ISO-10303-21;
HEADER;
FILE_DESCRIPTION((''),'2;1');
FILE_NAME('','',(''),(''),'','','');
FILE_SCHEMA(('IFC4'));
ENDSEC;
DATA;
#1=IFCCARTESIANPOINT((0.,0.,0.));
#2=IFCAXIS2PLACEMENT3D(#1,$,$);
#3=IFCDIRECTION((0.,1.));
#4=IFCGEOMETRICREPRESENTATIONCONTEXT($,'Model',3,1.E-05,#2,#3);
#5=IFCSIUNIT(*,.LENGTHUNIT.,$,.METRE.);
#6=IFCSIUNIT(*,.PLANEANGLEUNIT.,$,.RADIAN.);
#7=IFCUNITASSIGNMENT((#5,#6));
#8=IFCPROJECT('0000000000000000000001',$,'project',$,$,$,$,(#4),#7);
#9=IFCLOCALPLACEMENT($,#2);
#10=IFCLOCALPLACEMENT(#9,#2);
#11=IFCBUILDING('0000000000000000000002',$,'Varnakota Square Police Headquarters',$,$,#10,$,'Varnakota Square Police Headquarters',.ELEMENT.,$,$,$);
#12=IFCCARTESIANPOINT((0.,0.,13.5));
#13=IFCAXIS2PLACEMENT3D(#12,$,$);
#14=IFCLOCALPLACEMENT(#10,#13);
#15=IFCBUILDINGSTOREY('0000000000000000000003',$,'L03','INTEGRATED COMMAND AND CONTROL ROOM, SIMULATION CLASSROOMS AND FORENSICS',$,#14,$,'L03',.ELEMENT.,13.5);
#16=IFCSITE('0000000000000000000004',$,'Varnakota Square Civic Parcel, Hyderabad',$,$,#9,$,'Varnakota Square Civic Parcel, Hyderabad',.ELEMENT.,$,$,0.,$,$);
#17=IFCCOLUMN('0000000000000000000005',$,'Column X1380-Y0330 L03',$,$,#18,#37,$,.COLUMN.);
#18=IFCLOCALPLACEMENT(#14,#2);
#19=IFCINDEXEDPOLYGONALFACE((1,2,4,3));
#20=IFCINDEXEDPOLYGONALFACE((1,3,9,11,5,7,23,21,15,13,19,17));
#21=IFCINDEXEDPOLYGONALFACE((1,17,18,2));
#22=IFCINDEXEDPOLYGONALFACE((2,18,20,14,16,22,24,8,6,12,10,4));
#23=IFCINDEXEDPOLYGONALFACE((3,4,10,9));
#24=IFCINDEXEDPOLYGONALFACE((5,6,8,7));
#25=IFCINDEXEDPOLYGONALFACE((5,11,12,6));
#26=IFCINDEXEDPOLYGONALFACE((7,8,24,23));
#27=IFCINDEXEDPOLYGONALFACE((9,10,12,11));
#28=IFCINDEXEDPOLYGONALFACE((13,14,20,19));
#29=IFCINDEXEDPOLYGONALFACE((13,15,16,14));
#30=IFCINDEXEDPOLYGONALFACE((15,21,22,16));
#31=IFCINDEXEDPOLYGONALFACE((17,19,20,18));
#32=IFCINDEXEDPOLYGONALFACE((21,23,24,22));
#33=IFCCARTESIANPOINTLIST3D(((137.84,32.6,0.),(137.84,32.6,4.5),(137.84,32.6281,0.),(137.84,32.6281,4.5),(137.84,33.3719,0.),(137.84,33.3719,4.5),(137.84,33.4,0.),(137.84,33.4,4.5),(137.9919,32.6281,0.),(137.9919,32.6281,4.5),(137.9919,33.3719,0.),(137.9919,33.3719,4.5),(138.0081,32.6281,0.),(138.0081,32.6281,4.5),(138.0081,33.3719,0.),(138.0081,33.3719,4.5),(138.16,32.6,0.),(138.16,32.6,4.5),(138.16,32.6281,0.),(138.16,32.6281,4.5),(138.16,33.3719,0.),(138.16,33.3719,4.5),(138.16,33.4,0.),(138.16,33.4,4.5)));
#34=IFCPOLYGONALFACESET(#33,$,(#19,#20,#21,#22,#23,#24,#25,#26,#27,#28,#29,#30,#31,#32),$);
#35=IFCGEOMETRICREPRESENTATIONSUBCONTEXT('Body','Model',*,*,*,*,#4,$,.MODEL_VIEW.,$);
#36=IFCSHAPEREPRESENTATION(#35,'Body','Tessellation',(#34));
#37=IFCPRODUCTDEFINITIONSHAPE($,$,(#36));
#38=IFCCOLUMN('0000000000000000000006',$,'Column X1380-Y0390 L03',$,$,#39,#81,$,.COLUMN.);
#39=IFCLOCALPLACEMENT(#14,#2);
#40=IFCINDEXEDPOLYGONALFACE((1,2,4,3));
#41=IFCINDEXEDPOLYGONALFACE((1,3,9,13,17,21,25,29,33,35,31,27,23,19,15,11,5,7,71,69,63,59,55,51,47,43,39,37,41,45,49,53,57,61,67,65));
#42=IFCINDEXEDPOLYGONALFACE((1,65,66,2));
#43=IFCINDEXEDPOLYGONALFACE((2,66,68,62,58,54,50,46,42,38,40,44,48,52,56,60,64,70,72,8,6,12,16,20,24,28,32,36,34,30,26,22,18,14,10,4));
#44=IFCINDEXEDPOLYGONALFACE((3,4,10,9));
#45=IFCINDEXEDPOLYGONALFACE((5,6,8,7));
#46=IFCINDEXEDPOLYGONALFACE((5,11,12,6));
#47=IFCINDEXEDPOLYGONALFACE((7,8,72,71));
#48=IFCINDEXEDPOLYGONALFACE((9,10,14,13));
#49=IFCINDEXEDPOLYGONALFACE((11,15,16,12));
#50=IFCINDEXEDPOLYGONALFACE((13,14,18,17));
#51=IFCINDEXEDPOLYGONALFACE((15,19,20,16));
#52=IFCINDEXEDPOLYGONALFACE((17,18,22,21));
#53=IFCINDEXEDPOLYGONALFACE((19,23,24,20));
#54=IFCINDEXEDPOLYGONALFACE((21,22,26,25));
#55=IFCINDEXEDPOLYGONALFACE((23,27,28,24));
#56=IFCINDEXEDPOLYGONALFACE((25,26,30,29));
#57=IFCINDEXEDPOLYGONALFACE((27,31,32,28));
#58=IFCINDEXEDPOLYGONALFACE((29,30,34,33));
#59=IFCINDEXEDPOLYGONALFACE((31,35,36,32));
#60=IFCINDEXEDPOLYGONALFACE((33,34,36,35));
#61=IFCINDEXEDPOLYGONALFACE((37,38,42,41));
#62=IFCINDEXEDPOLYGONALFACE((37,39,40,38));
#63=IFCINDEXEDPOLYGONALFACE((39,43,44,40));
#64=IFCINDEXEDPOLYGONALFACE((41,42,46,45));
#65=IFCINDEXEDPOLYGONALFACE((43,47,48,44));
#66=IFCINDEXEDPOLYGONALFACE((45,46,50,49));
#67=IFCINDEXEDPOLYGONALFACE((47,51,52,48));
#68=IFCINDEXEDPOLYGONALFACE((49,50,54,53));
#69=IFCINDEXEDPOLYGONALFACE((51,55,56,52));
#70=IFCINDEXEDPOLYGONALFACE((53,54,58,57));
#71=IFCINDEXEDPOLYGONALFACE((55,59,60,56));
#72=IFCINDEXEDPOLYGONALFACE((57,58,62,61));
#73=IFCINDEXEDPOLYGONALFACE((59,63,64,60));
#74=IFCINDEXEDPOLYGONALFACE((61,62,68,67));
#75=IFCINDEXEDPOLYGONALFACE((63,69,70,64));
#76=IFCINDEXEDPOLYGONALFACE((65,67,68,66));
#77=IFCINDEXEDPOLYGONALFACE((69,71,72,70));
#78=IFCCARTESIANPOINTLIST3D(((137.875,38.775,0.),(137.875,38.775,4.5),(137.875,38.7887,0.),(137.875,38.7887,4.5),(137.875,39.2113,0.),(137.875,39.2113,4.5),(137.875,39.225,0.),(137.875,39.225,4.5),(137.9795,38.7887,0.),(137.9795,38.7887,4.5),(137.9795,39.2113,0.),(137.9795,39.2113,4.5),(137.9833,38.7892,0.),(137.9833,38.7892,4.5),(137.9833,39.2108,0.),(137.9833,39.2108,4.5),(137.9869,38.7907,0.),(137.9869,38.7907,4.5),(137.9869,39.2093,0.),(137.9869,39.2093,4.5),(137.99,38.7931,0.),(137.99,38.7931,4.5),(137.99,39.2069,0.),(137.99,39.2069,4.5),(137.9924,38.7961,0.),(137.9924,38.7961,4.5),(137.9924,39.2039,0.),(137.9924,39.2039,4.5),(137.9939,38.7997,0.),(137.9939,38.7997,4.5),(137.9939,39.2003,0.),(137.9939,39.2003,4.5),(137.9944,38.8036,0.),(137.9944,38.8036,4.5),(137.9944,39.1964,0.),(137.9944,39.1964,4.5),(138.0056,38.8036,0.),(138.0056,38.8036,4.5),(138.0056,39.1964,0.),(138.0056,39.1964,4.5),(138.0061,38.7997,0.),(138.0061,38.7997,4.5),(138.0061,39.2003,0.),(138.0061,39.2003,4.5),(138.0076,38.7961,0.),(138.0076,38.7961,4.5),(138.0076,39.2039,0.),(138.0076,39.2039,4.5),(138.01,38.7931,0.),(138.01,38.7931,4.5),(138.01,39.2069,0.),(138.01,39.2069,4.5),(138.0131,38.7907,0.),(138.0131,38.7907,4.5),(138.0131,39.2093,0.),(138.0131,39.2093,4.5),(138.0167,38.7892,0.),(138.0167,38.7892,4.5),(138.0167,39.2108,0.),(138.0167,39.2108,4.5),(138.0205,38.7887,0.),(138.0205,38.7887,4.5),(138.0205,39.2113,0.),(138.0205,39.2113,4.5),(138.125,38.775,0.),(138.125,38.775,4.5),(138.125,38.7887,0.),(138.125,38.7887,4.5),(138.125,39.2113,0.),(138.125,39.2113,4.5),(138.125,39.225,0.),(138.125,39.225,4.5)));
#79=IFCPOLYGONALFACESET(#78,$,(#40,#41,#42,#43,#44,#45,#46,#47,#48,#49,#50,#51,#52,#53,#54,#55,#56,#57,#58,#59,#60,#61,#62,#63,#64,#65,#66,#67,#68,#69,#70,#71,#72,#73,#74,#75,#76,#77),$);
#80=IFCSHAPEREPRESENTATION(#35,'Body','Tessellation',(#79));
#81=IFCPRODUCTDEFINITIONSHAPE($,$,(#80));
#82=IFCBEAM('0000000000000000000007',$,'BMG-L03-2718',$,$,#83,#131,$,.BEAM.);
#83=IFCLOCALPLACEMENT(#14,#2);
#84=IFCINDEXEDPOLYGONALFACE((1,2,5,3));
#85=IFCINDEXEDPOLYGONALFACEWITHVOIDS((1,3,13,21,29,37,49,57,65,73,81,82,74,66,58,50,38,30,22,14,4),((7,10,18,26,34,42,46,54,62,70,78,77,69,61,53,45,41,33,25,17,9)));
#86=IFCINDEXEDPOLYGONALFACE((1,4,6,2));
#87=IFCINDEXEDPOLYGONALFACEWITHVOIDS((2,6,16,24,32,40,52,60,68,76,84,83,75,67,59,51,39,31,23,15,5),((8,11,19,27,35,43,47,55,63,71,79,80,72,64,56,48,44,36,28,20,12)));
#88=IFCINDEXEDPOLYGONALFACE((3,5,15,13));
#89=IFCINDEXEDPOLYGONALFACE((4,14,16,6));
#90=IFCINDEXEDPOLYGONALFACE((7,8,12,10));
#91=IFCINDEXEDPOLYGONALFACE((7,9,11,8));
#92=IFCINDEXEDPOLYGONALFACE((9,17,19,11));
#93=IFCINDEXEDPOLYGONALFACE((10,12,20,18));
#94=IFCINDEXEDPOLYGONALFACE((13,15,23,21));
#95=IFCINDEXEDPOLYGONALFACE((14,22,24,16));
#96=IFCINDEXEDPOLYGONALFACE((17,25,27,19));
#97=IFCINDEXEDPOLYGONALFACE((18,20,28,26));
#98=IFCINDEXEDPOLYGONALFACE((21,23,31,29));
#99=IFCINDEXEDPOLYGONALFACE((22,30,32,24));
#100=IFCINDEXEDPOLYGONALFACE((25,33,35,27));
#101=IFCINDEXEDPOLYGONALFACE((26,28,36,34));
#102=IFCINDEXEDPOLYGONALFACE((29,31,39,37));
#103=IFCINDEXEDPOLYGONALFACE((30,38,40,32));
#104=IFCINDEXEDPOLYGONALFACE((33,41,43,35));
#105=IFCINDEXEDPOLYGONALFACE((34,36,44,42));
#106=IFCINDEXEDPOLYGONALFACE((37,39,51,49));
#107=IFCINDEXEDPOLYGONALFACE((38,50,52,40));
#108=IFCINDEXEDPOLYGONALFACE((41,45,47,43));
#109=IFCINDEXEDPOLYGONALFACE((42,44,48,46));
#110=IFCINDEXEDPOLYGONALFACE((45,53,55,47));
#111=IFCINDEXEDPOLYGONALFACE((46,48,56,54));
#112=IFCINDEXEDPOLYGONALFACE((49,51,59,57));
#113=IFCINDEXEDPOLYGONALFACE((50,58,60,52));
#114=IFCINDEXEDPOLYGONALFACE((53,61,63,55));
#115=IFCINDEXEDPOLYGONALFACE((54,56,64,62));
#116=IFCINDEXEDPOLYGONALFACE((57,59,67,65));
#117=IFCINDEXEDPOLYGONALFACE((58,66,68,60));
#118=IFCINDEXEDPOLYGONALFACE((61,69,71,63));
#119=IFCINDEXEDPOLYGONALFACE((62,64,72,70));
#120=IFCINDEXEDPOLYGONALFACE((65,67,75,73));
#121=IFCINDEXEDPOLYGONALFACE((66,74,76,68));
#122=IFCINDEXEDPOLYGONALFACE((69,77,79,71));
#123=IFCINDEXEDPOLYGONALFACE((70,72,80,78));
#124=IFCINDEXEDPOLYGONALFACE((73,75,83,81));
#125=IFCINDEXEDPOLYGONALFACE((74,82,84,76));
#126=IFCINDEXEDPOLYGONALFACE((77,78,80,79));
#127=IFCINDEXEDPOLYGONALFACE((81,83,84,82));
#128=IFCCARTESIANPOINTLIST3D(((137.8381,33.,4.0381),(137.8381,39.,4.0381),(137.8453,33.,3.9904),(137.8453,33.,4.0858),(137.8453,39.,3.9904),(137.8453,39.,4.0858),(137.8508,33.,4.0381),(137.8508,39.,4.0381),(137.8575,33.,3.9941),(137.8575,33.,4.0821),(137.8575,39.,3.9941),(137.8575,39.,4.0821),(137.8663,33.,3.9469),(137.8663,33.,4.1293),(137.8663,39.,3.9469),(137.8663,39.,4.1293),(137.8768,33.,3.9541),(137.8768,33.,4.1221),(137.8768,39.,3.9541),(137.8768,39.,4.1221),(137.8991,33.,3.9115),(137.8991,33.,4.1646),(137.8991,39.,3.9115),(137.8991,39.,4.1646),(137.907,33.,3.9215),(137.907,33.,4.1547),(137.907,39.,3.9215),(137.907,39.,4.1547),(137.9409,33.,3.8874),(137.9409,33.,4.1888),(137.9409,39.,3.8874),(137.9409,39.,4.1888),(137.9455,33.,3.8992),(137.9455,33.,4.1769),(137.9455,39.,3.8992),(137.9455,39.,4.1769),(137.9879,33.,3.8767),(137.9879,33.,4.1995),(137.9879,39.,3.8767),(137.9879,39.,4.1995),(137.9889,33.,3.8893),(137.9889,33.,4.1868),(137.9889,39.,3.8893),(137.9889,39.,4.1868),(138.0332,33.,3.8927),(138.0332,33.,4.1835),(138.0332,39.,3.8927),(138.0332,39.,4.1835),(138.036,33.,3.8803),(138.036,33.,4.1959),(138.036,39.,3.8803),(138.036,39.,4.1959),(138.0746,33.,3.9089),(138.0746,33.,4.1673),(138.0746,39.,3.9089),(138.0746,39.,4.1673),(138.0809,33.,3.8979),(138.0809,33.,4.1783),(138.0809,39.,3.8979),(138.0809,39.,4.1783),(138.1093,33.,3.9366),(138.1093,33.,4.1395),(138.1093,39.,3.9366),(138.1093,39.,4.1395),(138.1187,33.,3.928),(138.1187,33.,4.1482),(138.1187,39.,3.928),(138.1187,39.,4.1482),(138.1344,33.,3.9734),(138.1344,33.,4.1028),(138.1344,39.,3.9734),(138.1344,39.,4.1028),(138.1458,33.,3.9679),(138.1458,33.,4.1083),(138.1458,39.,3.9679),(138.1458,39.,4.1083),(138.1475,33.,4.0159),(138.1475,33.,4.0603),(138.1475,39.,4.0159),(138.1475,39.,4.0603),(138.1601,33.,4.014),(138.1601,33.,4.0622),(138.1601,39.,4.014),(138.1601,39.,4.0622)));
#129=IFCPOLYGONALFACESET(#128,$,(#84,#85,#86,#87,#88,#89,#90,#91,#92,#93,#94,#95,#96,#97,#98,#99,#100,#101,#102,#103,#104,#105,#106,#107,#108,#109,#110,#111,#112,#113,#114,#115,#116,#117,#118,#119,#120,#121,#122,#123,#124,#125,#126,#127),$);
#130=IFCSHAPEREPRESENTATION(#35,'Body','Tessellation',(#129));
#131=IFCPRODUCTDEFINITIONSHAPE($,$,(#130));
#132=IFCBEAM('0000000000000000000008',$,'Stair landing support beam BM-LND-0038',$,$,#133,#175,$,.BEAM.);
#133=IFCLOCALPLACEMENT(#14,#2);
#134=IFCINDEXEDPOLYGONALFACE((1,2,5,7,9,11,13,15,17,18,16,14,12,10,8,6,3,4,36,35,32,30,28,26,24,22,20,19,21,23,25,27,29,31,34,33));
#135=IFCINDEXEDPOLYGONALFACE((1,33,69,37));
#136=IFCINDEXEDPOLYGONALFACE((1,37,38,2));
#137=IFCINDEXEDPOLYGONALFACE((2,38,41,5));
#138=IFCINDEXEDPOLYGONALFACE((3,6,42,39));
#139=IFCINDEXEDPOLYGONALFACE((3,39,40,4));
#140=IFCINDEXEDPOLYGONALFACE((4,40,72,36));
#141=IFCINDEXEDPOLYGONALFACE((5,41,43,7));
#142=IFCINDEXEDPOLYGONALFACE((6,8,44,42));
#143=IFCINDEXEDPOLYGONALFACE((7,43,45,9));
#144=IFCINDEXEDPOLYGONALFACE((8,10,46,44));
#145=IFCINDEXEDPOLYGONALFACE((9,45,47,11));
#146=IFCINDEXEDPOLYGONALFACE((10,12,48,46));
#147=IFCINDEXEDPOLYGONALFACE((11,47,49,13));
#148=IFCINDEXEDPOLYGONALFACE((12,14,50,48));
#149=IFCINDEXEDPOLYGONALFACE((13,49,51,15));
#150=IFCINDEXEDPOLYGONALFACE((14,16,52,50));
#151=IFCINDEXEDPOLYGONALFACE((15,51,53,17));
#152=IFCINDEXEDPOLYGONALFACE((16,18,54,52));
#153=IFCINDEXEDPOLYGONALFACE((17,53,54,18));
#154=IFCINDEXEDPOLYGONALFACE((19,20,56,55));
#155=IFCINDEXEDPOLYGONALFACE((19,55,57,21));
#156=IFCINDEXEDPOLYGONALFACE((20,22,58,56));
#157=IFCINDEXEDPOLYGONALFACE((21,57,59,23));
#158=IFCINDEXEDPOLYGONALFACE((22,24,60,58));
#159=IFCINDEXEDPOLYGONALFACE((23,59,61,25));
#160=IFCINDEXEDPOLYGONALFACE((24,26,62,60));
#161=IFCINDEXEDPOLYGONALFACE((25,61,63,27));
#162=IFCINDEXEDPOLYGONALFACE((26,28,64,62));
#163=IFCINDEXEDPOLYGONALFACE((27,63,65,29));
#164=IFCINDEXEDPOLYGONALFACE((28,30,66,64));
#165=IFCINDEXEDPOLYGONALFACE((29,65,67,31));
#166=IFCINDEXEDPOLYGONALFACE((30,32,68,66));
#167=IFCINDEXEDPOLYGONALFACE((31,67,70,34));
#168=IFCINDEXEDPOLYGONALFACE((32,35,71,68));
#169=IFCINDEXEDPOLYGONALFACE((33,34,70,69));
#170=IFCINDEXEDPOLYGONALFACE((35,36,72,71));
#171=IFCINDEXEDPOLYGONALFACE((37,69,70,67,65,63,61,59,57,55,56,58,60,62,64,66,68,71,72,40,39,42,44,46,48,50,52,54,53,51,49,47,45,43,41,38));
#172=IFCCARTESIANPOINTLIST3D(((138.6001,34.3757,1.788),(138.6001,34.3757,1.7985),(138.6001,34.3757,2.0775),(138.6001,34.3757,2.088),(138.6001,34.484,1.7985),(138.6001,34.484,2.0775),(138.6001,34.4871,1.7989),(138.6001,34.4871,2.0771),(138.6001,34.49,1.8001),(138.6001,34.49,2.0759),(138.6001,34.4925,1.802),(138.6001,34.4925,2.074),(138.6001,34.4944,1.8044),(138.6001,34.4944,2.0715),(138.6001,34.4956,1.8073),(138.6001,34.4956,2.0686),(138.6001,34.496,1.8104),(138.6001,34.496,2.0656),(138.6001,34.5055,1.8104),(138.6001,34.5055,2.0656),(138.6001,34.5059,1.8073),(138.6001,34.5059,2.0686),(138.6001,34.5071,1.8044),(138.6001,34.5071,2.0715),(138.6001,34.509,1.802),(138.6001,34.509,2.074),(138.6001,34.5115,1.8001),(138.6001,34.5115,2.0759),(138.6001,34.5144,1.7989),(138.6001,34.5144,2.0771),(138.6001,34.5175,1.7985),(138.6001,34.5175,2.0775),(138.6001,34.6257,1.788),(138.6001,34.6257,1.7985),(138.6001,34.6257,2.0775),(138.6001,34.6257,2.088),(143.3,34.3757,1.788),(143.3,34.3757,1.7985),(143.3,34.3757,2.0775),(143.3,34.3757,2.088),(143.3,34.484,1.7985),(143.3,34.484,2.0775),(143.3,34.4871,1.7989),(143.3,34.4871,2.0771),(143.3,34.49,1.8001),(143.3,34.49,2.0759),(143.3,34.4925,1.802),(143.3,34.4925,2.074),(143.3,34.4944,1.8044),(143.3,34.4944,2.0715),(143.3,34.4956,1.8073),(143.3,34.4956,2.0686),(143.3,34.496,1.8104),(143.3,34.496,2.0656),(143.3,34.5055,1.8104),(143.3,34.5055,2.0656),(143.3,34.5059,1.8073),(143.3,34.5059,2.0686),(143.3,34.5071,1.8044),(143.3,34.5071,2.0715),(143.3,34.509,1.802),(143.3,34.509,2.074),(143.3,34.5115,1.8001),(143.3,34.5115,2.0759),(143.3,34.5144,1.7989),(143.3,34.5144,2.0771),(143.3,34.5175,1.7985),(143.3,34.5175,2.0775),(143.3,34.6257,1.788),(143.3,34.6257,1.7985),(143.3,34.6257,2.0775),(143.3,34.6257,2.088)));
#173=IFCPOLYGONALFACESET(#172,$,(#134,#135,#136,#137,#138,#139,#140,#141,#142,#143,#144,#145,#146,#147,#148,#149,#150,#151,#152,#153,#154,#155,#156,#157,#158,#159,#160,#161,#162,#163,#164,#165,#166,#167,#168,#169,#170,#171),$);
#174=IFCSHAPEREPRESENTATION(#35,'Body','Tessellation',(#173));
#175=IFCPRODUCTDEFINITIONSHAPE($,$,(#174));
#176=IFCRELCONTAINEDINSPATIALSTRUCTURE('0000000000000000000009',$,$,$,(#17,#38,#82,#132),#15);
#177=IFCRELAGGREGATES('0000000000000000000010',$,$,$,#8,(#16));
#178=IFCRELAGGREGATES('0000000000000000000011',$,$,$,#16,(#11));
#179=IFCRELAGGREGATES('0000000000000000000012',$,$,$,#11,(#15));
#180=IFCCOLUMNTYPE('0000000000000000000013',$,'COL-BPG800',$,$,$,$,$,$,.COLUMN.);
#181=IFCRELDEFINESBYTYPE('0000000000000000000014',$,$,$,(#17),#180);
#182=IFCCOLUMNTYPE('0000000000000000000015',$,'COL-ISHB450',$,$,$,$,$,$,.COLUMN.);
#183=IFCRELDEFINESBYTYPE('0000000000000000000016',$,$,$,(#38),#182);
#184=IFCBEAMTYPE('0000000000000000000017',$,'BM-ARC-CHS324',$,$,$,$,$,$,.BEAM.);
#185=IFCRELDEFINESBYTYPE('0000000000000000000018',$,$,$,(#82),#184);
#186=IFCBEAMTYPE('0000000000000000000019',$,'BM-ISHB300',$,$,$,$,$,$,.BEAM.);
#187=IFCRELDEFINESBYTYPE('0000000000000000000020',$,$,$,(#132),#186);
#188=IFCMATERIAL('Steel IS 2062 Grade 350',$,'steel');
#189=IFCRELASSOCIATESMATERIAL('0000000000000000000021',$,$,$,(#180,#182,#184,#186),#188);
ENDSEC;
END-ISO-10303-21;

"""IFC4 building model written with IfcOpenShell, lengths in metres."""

from ifc_helpers import new_model, si_unit, direction, frame, origin, origin_2d, place, context, subcontext, project, spatial, hollow_circle, i_section, extrude, material, material_profile, profile_set, type_object, element, save


model = new_model("IFC4")

# Units and contexts
model_context = context("Model", 3, precision=1e-05, world=origin(), true_north=direction((0.0, 1.0)))
body_context = subcontext(model_context, "Body", "Model", "MODEL_VIEW")
ifc_project = project(units=[si_unit("LENGTHUNIT", "METRE"), si_unit("PLANEANGLEUNIT", "RADIAN")], contexts=[model_context])

# Site, building, storey
site_placement = place(None, origin())
site = spatial("IfcSite", under=ifc_project, at=site_placement, Name="Varnakota Square Civic Parcel, Hyderabad", LongName="Varnakota Square Civic Parcel, Hyderabad", CompositionType="ELEMENT", RefElevation=0.0)
building_placement = place(site_placement, origin())
building = spatial("IfcBuilding", under=site, at=building_placement, Name="Varnakota Square Police Headquarters", LongName="Varnakota Square Police Headquarters", CompositionType="ELEMENT")
storey_placement = place(building_placement, frame((0.0, 0.0, 13.5)))
storey = spatial("IfcBuildingStorey", under=building, at=storey_placement, Name="L03", Description="INTEGRATED COMMAND AND CONTROL ROOM, SIMULATION CLASSROOMS AND FORENSICS", LongName="L03", CompositionType="ELEMENT", Elevation=13.5)

# Columns
ifc_material_1 = material(Name="Steel IS 2062 Grade 350", Category="steel")
ifc_material_profile_1 = material_profile(ifc_material_1, i_section(OverallWidth=0.3201, OverallDepth=0.8, WebThickness=0.0161, FlangeThickness=0.0281, at=origin_2d()), Name="BPG 800x320")
ifc_profile_set_1 = profile_set([ifc_material_profile_1], Name="Steel IS 2062 Grade 350")
column_type_1 = type_object("IfcColumnType", Name="COL-BPG800", PredefinedType="COLUMN", material=ifc_profile_set_1)
column_1_placement = place(storey_placement, frame((138.0, 33.0, 0.0), z_axis=(0.0, 0.0, 1.0), x_axis=(1.0, 0.0, 0.0)))
element("IfcColumn", 1, at=column_1_placement, inside=storey, type_object=column_type_1, Name="Column X1380-Y0330 L03", PredefinedType="COLUMN", context=body_context, shape_type="SweptSolid", body=[
    extrude(i_section(OverallWidth=0.3201, OverallDepth=0.8, WebThickness=0.0161, FlangeThickness=0.0281, at=origin_2d()), origin(), (0.0, 0.0, 1.0), 4.5),
])
ifc_material_profile_2 = material_profile(ifc_material_1, i_section(OverallWidth=0.25, OverallDepth=0.45, WebThickness=0.0112, FlangeThickness=0.0137, FilletRadius=0.0149, at=origin_2d()), Name="ISHB 450")
ifc_profile_set_2 = profile_set([ifc_material_profile_2], Name="Steel IS 2062 Grade 350")
column_type_2 = type_object("IfcColumnType", Name="COL-ISHB450", PredefinedType="COLUMN", material=ifc_profile_set_2)
column_2_placement = place(storey_placement, frame((138.0, 39.0, 0.0), z_axis=(0.0, 0.0, 1.0), x_axis=(1.0, 0.0, 0.0)))
element("IfcColumn", 2, at=column_2_placement, inside=storey, type_object=column_type_2, Name="Column X1380-Y0390 L03", PredefinedType="COLUMN", context=body_context, shape_type="SweptSolid", body=[
    extrude(i_section(OverallWidth=0.25, OverallDepth=0.45, WebThickness=0.0112, FlangeThickness=0.0137, FilletRadius=0.0149, at=origin_2d()), origin(), (0.0, 0.0, 1.0), 4.5),
])

# Beams
ifc_material_profile_3 = material_profile(ifc_material_1, hollow_circle(Radius=0.1619, WallThickness=0.0127, at=origin_2d()), Name="CHS 323.9x12.7")
ifc_profile_set_3 = profile_set([ifc_material_profile_3], Name="Steel IS 2062 Grade 350")
beam_type_1 = type_object("IfcBeamType", Name="BM-ARC-CHS324", PredefinedType="BEAM", material=ifc_profile_set_3)
beam_1_placement = place(storey_placement, frame((138.0, 33.0, 4.0381), z_axis=(0.0, 1.0, 0.0), x_axis=(-1.0, 0.0, 0.0)))
element("IfcBeam", 3, at=beam_1_placement, inside=storey, type_object=beam_type_1, Name="BMG-L03-2718", PredefinedType="BEAM", context=body_context, shape_type="SweptSolid", body=[
    extrude(hollow_circle(Radius=0.1619, WallThickness=0.0127, at=origin_2d()), origin(), (0.0, 0.0, 1.0), 6.0),
])
ifc_material_profile_4 = material_profile(ifc_material_1, i_section(OverallWidth=0.25, OverallDepth=0.3, WebThickness=0.0095, FlangeThickness=0.0105, FilletRadius=0.012, at=origin_2d()), Name="ISHB 300")
ifc_profile_set_4 = profile_set([ifc_material_profile_4], Name="Steel IS 2062 Grade 350")
beam_type_2 = type_object("IfcBeamType", Name="BM-ISHB300", PredefinedType="BEAM", material=ifc_profile_set_4)
beam_2_placement = place(storey_placement, frame((138.6001, 34.5007, 1.938), z_axis=(1.0, 0.0, 0.0), x_axis=(0.0, 1.0, 0.0)))
element("IfcBeam", 4, at=beam_2_placement, inside=storey, type_object=beam_type_2, Name="Stair landing support beam BM-LND-0038", PredefinedType="BEAM", context=body_context, shape_type="SweptSolid", body=[
    extrude(i_section(OverallWidth=0.25, OverallDepth=0.3, WebThickness=0.0095, FlangeThickness=0.0105, FilletRadius=0.012, at=origin_2d()), origin(), (0.0, 0.0, 1.0), 4.7),
])

save(model, "model.ifc")
